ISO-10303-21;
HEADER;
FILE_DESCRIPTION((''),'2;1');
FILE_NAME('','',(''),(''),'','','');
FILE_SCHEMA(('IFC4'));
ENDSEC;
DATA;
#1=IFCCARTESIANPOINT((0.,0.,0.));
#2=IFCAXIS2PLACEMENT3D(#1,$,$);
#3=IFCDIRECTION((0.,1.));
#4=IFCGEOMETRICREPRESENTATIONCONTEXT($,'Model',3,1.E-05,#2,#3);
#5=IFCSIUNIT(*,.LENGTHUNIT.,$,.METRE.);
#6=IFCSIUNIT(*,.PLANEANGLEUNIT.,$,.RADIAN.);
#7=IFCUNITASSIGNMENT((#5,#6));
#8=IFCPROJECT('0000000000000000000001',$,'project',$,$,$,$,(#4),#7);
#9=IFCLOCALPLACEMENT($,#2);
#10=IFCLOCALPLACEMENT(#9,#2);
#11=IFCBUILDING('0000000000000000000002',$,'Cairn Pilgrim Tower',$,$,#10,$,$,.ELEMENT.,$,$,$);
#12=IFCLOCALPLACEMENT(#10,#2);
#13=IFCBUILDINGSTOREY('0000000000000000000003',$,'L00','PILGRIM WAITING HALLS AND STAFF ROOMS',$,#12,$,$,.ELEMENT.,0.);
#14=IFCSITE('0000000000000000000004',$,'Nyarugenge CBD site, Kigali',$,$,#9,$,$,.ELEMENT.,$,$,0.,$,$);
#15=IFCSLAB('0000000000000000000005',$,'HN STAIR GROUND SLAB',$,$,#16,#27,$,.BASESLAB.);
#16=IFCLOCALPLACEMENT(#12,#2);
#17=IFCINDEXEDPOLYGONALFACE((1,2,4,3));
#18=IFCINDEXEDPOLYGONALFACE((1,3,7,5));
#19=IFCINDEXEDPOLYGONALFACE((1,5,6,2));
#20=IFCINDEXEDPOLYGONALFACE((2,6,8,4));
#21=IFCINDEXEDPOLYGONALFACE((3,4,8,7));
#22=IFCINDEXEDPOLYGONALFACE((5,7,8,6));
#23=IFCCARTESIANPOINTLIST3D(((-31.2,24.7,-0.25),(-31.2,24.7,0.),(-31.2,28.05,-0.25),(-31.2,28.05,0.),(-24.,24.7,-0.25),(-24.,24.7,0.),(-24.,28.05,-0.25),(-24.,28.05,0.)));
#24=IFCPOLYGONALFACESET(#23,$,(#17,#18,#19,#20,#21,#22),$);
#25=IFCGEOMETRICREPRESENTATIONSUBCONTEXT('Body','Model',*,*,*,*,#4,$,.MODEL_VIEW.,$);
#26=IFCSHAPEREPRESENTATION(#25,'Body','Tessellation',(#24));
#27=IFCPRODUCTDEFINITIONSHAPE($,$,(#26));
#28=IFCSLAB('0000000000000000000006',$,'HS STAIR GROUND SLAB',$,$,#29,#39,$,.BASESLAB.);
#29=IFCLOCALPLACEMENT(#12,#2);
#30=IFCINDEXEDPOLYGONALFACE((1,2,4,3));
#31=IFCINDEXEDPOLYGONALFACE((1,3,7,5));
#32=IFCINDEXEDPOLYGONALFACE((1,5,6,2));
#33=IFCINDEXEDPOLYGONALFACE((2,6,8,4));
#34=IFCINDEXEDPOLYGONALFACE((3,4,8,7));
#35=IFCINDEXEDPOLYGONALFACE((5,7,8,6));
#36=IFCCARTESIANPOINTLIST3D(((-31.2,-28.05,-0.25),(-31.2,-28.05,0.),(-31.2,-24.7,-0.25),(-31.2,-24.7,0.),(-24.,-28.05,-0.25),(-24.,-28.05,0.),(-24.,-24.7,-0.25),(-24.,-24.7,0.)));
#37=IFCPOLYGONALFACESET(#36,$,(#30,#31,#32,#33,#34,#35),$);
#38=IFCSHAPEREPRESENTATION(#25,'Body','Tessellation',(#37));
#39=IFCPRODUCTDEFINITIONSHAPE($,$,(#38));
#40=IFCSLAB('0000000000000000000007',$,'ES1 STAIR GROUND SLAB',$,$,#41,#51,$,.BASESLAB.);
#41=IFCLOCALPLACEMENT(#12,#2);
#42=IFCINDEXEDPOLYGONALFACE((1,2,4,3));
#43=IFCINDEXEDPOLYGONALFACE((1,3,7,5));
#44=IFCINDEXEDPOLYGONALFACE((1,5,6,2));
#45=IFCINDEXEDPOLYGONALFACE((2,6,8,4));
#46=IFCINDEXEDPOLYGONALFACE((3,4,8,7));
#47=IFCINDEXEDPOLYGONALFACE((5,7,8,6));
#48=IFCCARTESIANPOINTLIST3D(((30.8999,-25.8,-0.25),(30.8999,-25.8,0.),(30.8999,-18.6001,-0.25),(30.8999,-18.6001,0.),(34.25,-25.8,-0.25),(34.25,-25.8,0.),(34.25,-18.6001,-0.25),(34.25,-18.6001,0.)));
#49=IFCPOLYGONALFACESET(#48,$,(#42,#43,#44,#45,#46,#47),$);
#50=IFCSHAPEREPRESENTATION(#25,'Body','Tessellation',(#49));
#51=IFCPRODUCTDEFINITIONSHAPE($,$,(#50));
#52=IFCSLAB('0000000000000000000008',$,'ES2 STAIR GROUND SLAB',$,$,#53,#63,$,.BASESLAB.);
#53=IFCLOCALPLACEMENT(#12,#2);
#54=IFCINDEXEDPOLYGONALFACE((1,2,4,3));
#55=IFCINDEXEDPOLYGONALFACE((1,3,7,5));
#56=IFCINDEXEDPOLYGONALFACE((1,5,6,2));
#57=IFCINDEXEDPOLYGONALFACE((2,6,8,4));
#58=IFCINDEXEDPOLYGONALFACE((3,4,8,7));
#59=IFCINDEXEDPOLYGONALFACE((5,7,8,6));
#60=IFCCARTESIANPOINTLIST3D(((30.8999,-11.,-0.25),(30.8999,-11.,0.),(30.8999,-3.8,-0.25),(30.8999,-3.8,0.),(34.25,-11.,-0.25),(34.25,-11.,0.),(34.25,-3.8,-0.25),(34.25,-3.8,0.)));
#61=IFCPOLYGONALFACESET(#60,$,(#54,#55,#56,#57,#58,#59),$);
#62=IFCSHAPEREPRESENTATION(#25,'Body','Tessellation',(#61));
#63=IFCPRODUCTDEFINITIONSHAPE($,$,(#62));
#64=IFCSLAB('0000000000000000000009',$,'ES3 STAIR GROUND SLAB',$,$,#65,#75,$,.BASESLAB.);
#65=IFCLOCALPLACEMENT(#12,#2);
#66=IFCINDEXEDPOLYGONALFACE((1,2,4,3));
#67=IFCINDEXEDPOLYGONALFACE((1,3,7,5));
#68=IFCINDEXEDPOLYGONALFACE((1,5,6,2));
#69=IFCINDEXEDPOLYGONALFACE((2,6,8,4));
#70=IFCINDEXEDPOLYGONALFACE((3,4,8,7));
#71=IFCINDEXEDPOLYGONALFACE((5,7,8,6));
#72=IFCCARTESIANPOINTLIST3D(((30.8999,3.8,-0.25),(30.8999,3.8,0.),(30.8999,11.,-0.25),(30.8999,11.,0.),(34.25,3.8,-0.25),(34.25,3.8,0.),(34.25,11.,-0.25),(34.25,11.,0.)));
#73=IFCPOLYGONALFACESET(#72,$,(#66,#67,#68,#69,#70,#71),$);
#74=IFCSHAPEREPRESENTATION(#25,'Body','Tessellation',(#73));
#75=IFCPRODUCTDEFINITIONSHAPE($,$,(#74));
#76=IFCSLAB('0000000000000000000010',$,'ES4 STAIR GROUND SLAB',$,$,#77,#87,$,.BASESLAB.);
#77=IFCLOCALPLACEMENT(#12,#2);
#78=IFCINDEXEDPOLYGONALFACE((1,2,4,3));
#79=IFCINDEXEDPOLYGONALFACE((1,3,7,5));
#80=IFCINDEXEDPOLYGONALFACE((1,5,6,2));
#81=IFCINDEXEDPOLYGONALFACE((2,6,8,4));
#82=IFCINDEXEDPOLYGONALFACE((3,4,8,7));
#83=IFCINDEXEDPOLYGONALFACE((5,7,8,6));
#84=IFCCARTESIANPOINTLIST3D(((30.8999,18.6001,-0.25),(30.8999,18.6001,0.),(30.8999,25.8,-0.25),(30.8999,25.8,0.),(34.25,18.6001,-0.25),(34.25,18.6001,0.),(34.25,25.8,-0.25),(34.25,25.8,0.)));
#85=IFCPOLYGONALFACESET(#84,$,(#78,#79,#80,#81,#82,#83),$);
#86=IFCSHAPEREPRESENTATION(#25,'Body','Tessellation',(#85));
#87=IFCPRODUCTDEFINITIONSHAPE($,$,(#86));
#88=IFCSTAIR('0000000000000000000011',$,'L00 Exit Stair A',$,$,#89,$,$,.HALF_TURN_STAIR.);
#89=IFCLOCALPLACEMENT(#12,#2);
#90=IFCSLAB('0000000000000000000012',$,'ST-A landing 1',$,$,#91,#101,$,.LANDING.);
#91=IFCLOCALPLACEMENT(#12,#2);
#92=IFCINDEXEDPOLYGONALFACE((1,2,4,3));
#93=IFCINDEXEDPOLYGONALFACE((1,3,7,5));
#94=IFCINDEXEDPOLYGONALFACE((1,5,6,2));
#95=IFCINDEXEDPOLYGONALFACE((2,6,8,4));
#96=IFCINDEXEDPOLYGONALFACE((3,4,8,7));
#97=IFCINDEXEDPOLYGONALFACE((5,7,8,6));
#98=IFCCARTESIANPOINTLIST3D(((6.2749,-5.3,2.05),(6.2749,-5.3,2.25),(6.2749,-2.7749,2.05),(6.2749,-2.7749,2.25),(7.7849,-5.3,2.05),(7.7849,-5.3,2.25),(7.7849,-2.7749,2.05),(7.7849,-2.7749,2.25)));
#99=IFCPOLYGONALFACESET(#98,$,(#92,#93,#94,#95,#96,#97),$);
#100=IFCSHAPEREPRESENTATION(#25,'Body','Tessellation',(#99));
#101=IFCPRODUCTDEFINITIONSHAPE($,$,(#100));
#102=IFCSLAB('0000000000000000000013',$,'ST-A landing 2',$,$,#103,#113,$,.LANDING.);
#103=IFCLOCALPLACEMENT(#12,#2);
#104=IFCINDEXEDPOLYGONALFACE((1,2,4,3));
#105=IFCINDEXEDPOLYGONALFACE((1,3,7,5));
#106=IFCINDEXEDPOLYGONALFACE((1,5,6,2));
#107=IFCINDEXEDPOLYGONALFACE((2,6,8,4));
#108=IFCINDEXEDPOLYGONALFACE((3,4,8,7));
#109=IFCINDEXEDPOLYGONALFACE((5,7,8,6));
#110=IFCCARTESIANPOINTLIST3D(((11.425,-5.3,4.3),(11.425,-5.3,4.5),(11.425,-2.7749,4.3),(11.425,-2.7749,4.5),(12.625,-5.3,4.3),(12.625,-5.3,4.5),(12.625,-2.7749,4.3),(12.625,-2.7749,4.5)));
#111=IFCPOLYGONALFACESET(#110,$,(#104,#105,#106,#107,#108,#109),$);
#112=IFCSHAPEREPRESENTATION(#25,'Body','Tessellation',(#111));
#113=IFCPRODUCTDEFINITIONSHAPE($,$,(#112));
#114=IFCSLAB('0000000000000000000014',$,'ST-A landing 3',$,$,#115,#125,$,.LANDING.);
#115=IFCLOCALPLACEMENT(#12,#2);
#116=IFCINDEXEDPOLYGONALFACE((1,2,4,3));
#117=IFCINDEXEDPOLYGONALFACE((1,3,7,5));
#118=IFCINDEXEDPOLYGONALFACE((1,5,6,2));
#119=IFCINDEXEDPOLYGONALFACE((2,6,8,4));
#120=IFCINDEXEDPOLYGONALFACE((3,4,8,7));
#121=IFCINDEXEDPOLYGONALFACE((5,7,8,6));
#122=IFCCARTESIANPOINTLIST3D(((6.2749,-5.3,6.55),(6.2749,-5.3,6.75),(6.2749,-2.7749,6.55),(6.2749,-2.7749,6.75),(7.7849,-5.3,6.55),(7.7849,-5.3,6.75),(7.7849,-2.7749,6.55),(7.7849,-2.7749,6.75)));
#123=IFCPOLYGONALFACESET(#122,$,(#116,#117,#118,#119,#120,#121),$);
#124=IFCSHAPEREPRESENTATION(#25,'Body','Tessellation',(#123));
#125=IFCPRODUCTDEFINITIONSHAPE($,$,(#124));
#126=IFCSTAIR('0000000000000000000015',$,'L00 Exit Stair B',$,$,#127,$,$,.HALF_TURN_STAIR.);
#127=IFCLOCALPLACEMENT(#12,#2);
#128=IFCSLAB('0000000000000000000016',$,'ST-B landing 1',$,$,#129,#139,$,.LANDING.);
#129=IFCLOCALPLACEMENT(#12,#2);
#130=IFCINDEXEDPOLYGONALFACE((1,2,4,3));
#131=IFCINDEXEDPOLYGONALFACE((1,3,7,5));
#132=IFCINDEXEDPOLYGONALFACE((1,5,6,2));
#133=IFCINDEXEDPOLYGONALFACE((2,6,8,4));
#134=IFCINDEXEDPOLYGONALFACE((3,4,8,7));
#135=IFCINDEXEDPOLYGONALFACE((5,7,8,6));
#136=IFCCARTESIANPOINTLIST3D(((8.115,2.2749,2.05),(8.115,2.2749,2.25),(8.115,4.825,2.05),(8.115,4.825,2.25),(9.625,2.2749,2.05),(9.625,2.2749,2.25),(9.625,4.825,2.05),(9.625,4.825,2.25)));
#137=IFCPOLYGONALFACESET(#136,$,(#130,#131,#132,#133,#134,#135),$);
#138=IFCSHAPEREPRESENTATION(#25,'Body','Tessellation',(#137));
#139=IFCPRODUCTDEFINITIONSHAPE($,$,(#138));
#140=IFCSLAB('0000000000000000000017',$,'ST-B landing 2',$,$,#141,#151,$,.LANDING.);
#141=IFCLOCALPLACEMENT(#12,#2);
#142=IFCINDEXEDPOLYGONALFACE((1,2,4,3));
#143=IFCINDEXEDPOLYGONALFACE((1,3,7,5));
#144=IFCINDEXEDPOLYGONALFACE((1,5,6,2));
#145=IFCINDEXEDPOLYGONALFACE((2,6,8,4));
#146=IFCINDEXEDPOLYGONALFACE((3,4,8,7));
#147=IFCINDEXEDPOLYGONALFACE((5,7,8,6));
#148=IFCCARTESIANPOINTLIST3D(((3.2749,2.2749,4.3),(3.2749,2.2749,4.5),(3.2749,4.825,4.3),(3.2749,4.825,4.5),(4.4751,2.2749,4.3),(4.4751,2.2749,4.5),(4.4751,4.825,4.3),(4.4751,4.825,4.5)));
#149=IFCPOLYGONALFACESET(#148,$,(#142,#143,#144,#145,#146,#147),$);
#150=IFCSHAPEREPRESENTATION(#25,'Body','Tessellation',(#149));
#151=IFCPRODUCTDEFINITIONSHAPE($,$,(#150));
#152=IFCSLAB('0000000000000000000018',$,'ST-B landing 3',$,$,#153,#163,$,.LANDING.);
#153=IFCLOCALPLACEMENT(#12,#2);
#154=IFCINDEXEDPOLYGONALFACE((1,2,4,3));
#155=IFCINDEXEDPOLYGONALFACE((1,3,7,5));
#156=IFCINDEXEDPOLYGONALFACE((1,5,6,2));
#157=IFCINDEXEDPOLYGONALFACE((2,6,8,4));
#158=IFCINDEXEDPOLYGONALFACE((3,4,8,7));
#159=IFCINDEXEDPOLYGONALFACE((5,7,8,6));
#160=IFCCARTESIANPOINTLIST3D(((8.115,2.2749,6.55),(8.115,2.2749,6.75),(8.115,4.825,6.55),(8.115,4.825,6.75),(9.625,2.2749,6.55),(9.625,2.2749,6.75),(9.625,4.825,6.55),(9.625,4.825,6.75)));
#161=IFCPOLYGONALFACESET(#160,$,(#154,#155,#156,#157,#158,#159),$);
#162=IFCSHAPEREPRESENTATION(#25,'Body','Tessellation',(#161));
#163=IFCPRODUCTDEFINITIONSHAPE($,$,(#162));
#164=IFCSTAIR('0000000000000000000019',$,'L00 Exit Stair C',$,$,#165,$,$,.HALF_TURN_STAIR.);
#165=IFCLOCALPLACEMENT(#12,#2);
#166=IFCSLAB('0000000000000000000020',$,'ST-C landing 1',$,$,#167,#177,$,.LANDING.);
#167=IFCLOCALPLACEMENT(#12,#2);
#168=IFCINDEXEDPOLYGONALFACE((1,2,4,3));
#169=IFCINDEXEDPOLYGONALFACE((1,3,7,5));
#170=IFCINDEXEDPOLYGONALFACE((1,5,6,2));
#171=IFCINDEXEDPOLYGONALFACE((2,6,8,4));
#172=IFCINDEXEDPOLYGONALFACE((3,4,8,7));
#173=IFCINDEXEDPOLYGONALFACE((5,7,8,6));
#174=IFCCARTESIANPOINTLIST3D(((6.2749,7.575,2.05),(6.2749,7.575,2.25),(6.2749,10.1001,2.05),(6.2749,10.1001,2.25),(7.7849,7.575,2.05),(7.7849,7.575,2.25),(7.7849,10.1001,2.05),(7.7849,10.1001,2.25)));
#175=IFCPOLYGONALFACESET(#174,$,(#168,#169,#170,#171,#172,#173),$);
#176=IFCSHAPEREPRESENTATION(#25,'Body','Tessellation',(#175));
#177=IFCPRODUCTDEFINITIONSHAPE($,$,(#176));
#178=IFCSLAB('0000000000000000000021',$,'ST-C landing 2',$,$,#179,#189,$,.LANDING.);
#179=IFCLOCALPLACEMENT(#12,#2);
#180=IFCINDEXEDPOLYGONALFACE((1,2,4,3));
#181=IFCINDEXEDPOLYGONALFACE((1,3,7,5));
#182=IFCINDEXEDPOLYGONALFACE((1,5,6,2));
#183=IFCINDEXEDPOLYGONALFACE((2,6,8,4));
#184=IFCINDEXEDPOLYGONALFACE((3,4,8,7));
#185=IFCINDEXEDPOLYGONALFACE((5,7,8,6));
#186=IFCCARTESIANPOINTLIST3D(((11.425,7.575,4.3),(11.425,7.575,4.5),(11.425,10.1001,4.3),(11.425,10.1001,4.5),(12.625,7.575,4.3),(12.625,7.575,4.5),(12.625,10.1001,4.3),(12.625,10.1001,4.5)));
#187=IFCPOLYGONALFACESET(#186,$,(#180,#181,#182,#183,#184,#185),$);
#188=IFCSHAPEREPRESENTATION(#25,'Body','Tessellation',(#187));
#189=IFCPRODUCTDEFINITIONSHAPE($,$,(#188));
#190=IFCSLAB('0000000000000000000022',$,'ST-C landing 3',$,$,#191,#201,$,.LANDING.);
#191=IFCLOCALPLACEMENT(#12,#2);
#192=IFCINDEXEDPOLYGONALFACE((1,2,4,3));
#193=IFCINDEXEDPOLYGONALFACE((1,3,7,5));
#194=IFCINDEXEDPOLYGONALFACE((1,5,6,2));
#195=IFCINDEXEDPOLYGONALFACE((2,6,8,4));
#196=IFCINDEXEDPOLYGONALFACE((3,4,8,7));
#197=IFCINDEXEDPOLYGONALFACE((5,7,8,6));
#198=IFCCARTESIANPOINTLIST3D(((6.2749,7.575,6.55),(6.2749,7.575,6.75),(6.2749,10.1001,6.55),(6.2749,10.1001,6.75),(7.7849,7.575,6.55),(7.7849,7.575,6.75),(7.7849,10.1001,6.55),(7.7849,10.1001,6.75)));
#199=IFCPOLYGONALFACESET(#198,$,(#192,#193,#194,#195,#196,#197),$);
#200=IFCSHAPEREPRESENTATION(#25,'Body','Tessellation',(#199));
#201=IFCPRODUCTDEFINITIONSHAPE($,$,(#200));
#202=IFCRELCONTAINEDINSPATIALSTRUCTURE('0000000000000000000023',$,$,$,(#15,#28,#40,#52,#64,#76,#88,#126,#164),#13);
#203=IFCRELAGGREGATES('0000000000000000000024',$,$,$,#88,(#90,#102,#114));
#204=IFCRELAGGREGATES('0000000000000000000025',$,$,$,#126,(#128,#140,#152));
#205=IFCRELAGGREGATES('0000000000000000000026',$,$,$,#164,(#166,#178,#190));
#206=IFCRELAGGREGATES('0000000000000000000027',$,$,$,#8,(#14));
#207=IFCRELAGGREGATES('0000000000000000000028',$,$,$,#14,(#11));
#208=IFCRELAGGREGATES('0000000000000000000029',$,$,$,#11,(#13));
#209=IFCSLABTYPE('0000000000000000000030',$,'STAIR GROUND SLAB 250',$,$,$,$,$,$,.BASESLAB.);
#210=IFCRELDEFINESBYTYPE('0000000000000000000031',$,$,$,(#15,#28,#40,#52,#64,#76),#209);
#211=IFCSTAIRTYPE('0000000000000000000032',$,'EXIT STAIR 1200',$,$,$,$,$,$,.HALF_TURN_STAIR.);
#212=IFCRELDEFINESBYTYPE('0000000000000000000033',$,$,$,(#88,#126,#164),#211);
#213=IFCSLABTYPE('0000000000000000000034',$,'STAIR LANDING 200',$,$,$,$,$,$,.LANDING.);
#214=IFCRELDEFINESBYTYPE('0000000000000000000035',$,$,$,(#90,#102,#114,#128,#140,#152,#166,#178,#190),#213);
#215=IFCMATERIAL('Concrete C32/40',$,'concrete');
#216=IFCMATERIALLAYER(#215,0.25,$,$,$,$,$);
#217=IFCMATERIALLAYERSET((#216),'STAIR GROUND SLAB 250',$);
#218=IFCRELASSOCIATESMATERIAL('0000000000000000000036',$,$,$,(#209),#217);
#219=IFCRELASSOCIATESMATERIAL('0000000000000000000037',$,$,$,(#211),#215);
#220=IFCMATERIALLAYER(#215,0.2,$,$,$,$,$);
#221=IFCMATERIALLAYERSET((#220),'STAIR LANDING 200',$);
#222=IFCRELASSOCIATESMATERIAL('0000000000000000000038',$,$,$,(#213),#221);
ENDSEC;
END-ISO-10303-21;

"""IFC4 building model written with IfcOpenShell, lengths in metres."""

from ifc_helpers import new_model, si_unit, direction, frame, origin, place, context, subcontext, project, spatial, polyline, outline, extrude, material, layer, layer_set, type_object, element, aggregate, save


model = new_model("IFC4")

# Units and contexts
model_context = context("Model", 3, precision=1e-05, world=origin(), true_north=direction((0.0, 1.0)))
body_context = subcontext(model_context, "Body", "Model", "MODEL_VIEW")
ifc_project = project(units=[si_unit("LENGTHUNIT", "METRE"), si_unit("PLANEANGLEUNIT", "RADIAN")], contexts=[model_context])

# Site, building, storey
site_placement = place(None, origin())
site = spatial("IfcSite", under=ifc_project, at=site_placement, Name="Nyarugenge CBD site, Kigali", CompositionType="ELEMENT", RefElevation=0.0)
building_placement = place(site_placement, origin())
building = spatial("IfcBuilding", under=site, at=building_placement, Name="Cairn Pilgrim Tower", CompositionType="ELEMENT")
storey_placement = place(building_placement, origin())
storey = spatial("IfcBuildingStorey", under=building, at=storey_placement, Name="L00", Description="PILGRIM WAITING HALLS AND STAFF ROOMS", CompositionType="ELEMENT", Elevation=0.0)

# Slabs
ifc_material_1 = material(Name="Concrete C32/40", Category="concrete")
ifc_layer_1 = layer(ifc_material_1, 0.25)
ifc_layer_set_1 = layer_set([ifc_layer_1], Name="STAIR GROUND SLAB 250")
slab_type_1 = type_object("IfcSlabType", Name="STAIR GROUND SLAB 250", PredefinedType="BASESLAB", material=ifc_layer_set_1)
slab_1_placement = place(storey_placement, frame((0.0, 0.0, -0.25)))
element("IfcSlab", 1, at=slab_1_placement, inside=storey, type_object=slab_type_1, Name="HN STAIR GROUND SLAB", PredefinedType="BASESLAB", context=body_context, shape_type="SweptSolid", body=[
    extrude(outline(polyline([(-31.2, 24.7), (-24.0, 24.7), (-24.0, 28.05), (-31.2, 28.05), (-31.2, 24.7)])), origin(), (0.0, 0.0, 1.0), 0.25),
])
slab_2_placement = place(storey_placement, frame((0.0, 0.0, -0.25)))
element("IfcSlab", 2, at=slab_2_placement, inside=storey, type_object=slab_type_1, Name="HS STAIR GROUND SLAB", PredefinedType="BASESLAB", context=body_context, shape_type="SweptSolid", body=[
    extrude(outline(polyline([(-31.2, -28.05), (-24.0, -28.05), (-24.0, -24.7), (-31.2, -24.7), (-31.2, -28.05)])), origin(), (0.0, 0.0, 1.0), 0.25),
])
slab_3_placement = place(storey_placement, frame((0.0, 0.0, -0.25)))
element("IfcSlab", 3, at=slab_3_placement, inside=storey, type_object=slab_type_1, Name="ES1 STAIR GROUND SLAB", PredefinedType="BASESLAB", context=body_context, shape_type="SweptSolid", body=[
    extrude(outline(polyline([(30.8999, -25.8), (34.25, -25.8), (34.25, -18.6001), (30.8999, -18.6001), (30.8999, -25.8)])), origin(), (0.0, 0.0, 1.0), 0.25),
])
slab_4_placement = place(storey_placement, frame((0.0, 0.0, -0.25)))
element("IfcSlab", 4, at=slab_4_placement, inside=storey, type_object=slab_type_1, Name="ES2 STAIR GROUND SLAB", PredefinedType="BASESLAB", context=body_context, shape_type="SweptSolid", body=[
    extrude(outline(polyline([(30.8999, -11.0), (34.25, -11.0), (34.25, -3.8), (30.8999, -3.8), (30.8999, -11.0)])), origin(), (0.0, 0.0, 1.0), 0.25),
])
slab_5_placement = place(storey_placement, frame((0.0, 0.0, -0.25)))
element("IfcSlab", 5, at=slab_5_placement, inside=storey, type_object=slab_type_1, Name="ES3 STAIR GROUND SLAB", PredefinedType="BASESLAB", context=body_context, shape_type="SweptSolid", body=[
    extrude(outline(polyline([(30.8999, 3.8), (34.25, 3.8), (34.25, 11.0), (30.8999, 11.0), (30.8999, 3.8)])), origin(), (0.0, 0.0, 1.0), 0.25),
])
slab_6_placement = place(storey_placement, frame((0.0, 0.0, -0.25)))
element("IfcSlab", 6, at=slab_6_placement, inside=storey, type_object=slab_type_1, Name="ES4 STAIR GROUND SLAB", PredefinedType="BASESLAB", context=body_context, shape_type="SweptSolid", body=[
    extrude(outline(polyline([(30.8999, 18.6001), (34.25, 18.6001), (34.25, 25.8), (30.8999, 25.8), (30.8999, 18.6001)])), origin(), (0.0, 0.0, 1.0), 0.25),
])

# Stairs, slabs
stair_type_1 = type_object("IfcStairType", Name="EXIT STAIR 1200", PredefinedType="HALF_TURN_STAIR", material=ifc_material_1)
stair_1_placement = place(storey_placement, origin())
stair_1 = element("IfcStair", 7, at=stair_1_placement, inside=storey, type_object=stair_type_1, Name="L00 Exit Stair A", PredefinedType="HALF_TURN_STAIR")
ifc_layer_2 = layer(ifc_material_1, 0.2)
ifc_layer_set_2 = layer_set([ifc_layer_2], Name="STAIR LANDING 200")
slab_type_2 = type_object("IfcSlabType", Name="STAIR LANDING 200", PredefinedType="LANDING", material=ifc_layer_set_2)
slab_7_placement = place(storey_placement, frame((0.0, 0.0, 2.05)))
slab_7 = element("IfcSlab", 8, at=slab_7_placement, type_object=slab_type_2, Name="ST-A landing 1", PredefinedType="LANDING", context=body_context, shape_type="SweptSolid", body=[
    extrude(outline(polyline([(7.7849, -2.7749), (6.2749, -2.7749), (6.2749, -5.3), (7.7849, -5.3), (7.7849, -2.7749)])), origin(), (0.0, 0.0, 1.0), 0.2),
])
slab_8_placement = place(storey_placement, frame((0.0, 0.0, 4.3)))
slab_8 = element("IfcSlab", 9, at=slab_8_placement, type_object=slab_type_2, Name="ST-A landing 2", PredefinedType="LANDING", context=body_context, shape_type="SweptSolid", body=[
    extrude(outline(polyline([(12.625, -2.7749), (11.425, -2.7749), (11.425, -5.3), (12.625, -5.3), (12.625, -2.7749)])), origin(), (0.0, 0.0, 1.0), 0.2),
])
slab_9_placement = place(storey_placement, frame((0.0, 0.0, 6.55)))
slab_9 = element("IfcSlab", 10, at=slab_9_placement, type_object=slab_type_2, Name="ST-A landing 3", PredefinedType="LANDING", context=body_context, shape_type="SweptSolid", body=[
    extrude(outline(polyline([(7.7849, -2.7749), (6.2749, -2.7749), (6.2749, -5.3), (7.7849, -5.3), (7.7849, -2.7749)])), origin(), (0.0, 0.0, 1.0), 0.2),
])
aggregate(stair_1, [slab_7, slab_8, slab_9])
stair_2_placement = place(storey_placement, origin())
stair_2 = element("IfcStair", 11, at=stair_2_placement, inside=storey, type_object=stair_type_1, Name="L00 Exit Stair B", PredefinedType="HALF_TURN_STAIR")
slab_10_placement = place(storey_placement, frame((0.0, 0.0, 2.05)))
slab_10 = element("IfcSlab", 12, at=slab_10_placement, type_object=slab_type_2, Name="ST-B landing 1", PredefinedType="LANDING", context=body_context, shape_type="SweptSolid", body=[
    extrude(outline(polyline([(8.115, 2.2749), (9.625, 2.2749), (9.625, 4.825), (8.115, 4.825), (8.115, 2.2749)])), origin(), (0.0, 0.0, 1.0), 0.2),
])
slab_11_placement = place(storey_placement, frame((0.0, 0.0, 4.3)))
slab_11 = element("IfcSlab", 13, at=slab_11_placement, type_object=slab_type_2, Name="ST-B landing 2", PredefinedType="LANDING", context=body_context, shape_type="SweptSolid", body=[
    extrude(outline(polyline([(3.2749, 2.2749), (4.4751, 2.2749), (4.4751, 4.825), (3.2749, 4.825), (3.2749, 2.2749)])), origin(), (0.0, 0.0, 1.0), 0.2),
])
slab_12_placement = place(storey_placement, frame((0.0, 0.0, 6.55)))
slab_12 = element("IfcSlab", 14, at=slab_12_placement, type_object=slab_type_2, Name="ST-B landing 3", PredefinedType="LANDING", context=body_context, shape_type="SweptSolid", body=[
    extrude(outline(polyline([(8.115, 2.2749), (9.625, 2.2749), (9.625, 4.825), (8.115, 4.825), (8.115, 2.2749)])), origin(), (0.0, 0.0, 1.0), 0.2),
])
aggregate(stair_2, [slab_10, slab_11, slab_12])
stair_3_placement = place(storey_placement, origin())
stair_3 = element("IfcStair", 15, at=stair_3_placement, inside=storey, type_object=stair_type_1, Name="L00 Exit Stair C", PredefinedType="HALF_TURN_STAIR")
slab_13_placement = place(storey_placement, frame((0.0, 0.0, 2.05)))
slab_13 = element("IfcSlab", 16, at=slab_13_placement, type_object=slab_type_2, Name="ST-C landing 1", PredefinedType="LANDING", context=body_context, shape_type="SweptSolid", body=[
    extrude(outline(polyline([(7.7849, 10.1001), (6.2749, 10.1001), (6.2749, 7.575), (7.7849, 7.575), (7.7849, 10.1001)])), origin(), (0.0, 0.0, 1.0), 0.2),
])
slab_14_placement = place(storey_placement, frame((0.0, 0.0, 4.3)))
slab_14 = element("IfcSlab", 17, at=slab_14_placement, type_object=slab_type_2, Name="ST-C landing 2", PredefinedType="LANDING", context=body_context, shape_type="SweptSolid", body=[
    extrude(outline(polyline([(12.625, 10.1001), (11.425, 10.1001), (11.425, 7.575), (12.625, 7.575), (12.625, 10.1001)])), origin(), (0.0, 0.0, 1.0), 0.2),
])
slab_15_placement = place(storey_placement, frame((0.0, 0.0, 6.55)))
slab_15 = element("IfcSlab", 18, at=slab_15_placement, type_object=slab_type_2, Name="ST-C landing 3", PredefinedType="LANDING", context=body_context, shape_type="SweptSolid", body=[
    extrude(outline(polyline([(7.7849, 10.1001), (6.2749, 10.1001), (6.2749, 7.575), (7.7849, 7.575), (7.7849, 10.1001)])), origin(), (0.0, 0.0, 1.0), 0.2),
])
aggregate(stair_3, [slab_13, slab_14, slab_15])

save(model, "model.ifc")
